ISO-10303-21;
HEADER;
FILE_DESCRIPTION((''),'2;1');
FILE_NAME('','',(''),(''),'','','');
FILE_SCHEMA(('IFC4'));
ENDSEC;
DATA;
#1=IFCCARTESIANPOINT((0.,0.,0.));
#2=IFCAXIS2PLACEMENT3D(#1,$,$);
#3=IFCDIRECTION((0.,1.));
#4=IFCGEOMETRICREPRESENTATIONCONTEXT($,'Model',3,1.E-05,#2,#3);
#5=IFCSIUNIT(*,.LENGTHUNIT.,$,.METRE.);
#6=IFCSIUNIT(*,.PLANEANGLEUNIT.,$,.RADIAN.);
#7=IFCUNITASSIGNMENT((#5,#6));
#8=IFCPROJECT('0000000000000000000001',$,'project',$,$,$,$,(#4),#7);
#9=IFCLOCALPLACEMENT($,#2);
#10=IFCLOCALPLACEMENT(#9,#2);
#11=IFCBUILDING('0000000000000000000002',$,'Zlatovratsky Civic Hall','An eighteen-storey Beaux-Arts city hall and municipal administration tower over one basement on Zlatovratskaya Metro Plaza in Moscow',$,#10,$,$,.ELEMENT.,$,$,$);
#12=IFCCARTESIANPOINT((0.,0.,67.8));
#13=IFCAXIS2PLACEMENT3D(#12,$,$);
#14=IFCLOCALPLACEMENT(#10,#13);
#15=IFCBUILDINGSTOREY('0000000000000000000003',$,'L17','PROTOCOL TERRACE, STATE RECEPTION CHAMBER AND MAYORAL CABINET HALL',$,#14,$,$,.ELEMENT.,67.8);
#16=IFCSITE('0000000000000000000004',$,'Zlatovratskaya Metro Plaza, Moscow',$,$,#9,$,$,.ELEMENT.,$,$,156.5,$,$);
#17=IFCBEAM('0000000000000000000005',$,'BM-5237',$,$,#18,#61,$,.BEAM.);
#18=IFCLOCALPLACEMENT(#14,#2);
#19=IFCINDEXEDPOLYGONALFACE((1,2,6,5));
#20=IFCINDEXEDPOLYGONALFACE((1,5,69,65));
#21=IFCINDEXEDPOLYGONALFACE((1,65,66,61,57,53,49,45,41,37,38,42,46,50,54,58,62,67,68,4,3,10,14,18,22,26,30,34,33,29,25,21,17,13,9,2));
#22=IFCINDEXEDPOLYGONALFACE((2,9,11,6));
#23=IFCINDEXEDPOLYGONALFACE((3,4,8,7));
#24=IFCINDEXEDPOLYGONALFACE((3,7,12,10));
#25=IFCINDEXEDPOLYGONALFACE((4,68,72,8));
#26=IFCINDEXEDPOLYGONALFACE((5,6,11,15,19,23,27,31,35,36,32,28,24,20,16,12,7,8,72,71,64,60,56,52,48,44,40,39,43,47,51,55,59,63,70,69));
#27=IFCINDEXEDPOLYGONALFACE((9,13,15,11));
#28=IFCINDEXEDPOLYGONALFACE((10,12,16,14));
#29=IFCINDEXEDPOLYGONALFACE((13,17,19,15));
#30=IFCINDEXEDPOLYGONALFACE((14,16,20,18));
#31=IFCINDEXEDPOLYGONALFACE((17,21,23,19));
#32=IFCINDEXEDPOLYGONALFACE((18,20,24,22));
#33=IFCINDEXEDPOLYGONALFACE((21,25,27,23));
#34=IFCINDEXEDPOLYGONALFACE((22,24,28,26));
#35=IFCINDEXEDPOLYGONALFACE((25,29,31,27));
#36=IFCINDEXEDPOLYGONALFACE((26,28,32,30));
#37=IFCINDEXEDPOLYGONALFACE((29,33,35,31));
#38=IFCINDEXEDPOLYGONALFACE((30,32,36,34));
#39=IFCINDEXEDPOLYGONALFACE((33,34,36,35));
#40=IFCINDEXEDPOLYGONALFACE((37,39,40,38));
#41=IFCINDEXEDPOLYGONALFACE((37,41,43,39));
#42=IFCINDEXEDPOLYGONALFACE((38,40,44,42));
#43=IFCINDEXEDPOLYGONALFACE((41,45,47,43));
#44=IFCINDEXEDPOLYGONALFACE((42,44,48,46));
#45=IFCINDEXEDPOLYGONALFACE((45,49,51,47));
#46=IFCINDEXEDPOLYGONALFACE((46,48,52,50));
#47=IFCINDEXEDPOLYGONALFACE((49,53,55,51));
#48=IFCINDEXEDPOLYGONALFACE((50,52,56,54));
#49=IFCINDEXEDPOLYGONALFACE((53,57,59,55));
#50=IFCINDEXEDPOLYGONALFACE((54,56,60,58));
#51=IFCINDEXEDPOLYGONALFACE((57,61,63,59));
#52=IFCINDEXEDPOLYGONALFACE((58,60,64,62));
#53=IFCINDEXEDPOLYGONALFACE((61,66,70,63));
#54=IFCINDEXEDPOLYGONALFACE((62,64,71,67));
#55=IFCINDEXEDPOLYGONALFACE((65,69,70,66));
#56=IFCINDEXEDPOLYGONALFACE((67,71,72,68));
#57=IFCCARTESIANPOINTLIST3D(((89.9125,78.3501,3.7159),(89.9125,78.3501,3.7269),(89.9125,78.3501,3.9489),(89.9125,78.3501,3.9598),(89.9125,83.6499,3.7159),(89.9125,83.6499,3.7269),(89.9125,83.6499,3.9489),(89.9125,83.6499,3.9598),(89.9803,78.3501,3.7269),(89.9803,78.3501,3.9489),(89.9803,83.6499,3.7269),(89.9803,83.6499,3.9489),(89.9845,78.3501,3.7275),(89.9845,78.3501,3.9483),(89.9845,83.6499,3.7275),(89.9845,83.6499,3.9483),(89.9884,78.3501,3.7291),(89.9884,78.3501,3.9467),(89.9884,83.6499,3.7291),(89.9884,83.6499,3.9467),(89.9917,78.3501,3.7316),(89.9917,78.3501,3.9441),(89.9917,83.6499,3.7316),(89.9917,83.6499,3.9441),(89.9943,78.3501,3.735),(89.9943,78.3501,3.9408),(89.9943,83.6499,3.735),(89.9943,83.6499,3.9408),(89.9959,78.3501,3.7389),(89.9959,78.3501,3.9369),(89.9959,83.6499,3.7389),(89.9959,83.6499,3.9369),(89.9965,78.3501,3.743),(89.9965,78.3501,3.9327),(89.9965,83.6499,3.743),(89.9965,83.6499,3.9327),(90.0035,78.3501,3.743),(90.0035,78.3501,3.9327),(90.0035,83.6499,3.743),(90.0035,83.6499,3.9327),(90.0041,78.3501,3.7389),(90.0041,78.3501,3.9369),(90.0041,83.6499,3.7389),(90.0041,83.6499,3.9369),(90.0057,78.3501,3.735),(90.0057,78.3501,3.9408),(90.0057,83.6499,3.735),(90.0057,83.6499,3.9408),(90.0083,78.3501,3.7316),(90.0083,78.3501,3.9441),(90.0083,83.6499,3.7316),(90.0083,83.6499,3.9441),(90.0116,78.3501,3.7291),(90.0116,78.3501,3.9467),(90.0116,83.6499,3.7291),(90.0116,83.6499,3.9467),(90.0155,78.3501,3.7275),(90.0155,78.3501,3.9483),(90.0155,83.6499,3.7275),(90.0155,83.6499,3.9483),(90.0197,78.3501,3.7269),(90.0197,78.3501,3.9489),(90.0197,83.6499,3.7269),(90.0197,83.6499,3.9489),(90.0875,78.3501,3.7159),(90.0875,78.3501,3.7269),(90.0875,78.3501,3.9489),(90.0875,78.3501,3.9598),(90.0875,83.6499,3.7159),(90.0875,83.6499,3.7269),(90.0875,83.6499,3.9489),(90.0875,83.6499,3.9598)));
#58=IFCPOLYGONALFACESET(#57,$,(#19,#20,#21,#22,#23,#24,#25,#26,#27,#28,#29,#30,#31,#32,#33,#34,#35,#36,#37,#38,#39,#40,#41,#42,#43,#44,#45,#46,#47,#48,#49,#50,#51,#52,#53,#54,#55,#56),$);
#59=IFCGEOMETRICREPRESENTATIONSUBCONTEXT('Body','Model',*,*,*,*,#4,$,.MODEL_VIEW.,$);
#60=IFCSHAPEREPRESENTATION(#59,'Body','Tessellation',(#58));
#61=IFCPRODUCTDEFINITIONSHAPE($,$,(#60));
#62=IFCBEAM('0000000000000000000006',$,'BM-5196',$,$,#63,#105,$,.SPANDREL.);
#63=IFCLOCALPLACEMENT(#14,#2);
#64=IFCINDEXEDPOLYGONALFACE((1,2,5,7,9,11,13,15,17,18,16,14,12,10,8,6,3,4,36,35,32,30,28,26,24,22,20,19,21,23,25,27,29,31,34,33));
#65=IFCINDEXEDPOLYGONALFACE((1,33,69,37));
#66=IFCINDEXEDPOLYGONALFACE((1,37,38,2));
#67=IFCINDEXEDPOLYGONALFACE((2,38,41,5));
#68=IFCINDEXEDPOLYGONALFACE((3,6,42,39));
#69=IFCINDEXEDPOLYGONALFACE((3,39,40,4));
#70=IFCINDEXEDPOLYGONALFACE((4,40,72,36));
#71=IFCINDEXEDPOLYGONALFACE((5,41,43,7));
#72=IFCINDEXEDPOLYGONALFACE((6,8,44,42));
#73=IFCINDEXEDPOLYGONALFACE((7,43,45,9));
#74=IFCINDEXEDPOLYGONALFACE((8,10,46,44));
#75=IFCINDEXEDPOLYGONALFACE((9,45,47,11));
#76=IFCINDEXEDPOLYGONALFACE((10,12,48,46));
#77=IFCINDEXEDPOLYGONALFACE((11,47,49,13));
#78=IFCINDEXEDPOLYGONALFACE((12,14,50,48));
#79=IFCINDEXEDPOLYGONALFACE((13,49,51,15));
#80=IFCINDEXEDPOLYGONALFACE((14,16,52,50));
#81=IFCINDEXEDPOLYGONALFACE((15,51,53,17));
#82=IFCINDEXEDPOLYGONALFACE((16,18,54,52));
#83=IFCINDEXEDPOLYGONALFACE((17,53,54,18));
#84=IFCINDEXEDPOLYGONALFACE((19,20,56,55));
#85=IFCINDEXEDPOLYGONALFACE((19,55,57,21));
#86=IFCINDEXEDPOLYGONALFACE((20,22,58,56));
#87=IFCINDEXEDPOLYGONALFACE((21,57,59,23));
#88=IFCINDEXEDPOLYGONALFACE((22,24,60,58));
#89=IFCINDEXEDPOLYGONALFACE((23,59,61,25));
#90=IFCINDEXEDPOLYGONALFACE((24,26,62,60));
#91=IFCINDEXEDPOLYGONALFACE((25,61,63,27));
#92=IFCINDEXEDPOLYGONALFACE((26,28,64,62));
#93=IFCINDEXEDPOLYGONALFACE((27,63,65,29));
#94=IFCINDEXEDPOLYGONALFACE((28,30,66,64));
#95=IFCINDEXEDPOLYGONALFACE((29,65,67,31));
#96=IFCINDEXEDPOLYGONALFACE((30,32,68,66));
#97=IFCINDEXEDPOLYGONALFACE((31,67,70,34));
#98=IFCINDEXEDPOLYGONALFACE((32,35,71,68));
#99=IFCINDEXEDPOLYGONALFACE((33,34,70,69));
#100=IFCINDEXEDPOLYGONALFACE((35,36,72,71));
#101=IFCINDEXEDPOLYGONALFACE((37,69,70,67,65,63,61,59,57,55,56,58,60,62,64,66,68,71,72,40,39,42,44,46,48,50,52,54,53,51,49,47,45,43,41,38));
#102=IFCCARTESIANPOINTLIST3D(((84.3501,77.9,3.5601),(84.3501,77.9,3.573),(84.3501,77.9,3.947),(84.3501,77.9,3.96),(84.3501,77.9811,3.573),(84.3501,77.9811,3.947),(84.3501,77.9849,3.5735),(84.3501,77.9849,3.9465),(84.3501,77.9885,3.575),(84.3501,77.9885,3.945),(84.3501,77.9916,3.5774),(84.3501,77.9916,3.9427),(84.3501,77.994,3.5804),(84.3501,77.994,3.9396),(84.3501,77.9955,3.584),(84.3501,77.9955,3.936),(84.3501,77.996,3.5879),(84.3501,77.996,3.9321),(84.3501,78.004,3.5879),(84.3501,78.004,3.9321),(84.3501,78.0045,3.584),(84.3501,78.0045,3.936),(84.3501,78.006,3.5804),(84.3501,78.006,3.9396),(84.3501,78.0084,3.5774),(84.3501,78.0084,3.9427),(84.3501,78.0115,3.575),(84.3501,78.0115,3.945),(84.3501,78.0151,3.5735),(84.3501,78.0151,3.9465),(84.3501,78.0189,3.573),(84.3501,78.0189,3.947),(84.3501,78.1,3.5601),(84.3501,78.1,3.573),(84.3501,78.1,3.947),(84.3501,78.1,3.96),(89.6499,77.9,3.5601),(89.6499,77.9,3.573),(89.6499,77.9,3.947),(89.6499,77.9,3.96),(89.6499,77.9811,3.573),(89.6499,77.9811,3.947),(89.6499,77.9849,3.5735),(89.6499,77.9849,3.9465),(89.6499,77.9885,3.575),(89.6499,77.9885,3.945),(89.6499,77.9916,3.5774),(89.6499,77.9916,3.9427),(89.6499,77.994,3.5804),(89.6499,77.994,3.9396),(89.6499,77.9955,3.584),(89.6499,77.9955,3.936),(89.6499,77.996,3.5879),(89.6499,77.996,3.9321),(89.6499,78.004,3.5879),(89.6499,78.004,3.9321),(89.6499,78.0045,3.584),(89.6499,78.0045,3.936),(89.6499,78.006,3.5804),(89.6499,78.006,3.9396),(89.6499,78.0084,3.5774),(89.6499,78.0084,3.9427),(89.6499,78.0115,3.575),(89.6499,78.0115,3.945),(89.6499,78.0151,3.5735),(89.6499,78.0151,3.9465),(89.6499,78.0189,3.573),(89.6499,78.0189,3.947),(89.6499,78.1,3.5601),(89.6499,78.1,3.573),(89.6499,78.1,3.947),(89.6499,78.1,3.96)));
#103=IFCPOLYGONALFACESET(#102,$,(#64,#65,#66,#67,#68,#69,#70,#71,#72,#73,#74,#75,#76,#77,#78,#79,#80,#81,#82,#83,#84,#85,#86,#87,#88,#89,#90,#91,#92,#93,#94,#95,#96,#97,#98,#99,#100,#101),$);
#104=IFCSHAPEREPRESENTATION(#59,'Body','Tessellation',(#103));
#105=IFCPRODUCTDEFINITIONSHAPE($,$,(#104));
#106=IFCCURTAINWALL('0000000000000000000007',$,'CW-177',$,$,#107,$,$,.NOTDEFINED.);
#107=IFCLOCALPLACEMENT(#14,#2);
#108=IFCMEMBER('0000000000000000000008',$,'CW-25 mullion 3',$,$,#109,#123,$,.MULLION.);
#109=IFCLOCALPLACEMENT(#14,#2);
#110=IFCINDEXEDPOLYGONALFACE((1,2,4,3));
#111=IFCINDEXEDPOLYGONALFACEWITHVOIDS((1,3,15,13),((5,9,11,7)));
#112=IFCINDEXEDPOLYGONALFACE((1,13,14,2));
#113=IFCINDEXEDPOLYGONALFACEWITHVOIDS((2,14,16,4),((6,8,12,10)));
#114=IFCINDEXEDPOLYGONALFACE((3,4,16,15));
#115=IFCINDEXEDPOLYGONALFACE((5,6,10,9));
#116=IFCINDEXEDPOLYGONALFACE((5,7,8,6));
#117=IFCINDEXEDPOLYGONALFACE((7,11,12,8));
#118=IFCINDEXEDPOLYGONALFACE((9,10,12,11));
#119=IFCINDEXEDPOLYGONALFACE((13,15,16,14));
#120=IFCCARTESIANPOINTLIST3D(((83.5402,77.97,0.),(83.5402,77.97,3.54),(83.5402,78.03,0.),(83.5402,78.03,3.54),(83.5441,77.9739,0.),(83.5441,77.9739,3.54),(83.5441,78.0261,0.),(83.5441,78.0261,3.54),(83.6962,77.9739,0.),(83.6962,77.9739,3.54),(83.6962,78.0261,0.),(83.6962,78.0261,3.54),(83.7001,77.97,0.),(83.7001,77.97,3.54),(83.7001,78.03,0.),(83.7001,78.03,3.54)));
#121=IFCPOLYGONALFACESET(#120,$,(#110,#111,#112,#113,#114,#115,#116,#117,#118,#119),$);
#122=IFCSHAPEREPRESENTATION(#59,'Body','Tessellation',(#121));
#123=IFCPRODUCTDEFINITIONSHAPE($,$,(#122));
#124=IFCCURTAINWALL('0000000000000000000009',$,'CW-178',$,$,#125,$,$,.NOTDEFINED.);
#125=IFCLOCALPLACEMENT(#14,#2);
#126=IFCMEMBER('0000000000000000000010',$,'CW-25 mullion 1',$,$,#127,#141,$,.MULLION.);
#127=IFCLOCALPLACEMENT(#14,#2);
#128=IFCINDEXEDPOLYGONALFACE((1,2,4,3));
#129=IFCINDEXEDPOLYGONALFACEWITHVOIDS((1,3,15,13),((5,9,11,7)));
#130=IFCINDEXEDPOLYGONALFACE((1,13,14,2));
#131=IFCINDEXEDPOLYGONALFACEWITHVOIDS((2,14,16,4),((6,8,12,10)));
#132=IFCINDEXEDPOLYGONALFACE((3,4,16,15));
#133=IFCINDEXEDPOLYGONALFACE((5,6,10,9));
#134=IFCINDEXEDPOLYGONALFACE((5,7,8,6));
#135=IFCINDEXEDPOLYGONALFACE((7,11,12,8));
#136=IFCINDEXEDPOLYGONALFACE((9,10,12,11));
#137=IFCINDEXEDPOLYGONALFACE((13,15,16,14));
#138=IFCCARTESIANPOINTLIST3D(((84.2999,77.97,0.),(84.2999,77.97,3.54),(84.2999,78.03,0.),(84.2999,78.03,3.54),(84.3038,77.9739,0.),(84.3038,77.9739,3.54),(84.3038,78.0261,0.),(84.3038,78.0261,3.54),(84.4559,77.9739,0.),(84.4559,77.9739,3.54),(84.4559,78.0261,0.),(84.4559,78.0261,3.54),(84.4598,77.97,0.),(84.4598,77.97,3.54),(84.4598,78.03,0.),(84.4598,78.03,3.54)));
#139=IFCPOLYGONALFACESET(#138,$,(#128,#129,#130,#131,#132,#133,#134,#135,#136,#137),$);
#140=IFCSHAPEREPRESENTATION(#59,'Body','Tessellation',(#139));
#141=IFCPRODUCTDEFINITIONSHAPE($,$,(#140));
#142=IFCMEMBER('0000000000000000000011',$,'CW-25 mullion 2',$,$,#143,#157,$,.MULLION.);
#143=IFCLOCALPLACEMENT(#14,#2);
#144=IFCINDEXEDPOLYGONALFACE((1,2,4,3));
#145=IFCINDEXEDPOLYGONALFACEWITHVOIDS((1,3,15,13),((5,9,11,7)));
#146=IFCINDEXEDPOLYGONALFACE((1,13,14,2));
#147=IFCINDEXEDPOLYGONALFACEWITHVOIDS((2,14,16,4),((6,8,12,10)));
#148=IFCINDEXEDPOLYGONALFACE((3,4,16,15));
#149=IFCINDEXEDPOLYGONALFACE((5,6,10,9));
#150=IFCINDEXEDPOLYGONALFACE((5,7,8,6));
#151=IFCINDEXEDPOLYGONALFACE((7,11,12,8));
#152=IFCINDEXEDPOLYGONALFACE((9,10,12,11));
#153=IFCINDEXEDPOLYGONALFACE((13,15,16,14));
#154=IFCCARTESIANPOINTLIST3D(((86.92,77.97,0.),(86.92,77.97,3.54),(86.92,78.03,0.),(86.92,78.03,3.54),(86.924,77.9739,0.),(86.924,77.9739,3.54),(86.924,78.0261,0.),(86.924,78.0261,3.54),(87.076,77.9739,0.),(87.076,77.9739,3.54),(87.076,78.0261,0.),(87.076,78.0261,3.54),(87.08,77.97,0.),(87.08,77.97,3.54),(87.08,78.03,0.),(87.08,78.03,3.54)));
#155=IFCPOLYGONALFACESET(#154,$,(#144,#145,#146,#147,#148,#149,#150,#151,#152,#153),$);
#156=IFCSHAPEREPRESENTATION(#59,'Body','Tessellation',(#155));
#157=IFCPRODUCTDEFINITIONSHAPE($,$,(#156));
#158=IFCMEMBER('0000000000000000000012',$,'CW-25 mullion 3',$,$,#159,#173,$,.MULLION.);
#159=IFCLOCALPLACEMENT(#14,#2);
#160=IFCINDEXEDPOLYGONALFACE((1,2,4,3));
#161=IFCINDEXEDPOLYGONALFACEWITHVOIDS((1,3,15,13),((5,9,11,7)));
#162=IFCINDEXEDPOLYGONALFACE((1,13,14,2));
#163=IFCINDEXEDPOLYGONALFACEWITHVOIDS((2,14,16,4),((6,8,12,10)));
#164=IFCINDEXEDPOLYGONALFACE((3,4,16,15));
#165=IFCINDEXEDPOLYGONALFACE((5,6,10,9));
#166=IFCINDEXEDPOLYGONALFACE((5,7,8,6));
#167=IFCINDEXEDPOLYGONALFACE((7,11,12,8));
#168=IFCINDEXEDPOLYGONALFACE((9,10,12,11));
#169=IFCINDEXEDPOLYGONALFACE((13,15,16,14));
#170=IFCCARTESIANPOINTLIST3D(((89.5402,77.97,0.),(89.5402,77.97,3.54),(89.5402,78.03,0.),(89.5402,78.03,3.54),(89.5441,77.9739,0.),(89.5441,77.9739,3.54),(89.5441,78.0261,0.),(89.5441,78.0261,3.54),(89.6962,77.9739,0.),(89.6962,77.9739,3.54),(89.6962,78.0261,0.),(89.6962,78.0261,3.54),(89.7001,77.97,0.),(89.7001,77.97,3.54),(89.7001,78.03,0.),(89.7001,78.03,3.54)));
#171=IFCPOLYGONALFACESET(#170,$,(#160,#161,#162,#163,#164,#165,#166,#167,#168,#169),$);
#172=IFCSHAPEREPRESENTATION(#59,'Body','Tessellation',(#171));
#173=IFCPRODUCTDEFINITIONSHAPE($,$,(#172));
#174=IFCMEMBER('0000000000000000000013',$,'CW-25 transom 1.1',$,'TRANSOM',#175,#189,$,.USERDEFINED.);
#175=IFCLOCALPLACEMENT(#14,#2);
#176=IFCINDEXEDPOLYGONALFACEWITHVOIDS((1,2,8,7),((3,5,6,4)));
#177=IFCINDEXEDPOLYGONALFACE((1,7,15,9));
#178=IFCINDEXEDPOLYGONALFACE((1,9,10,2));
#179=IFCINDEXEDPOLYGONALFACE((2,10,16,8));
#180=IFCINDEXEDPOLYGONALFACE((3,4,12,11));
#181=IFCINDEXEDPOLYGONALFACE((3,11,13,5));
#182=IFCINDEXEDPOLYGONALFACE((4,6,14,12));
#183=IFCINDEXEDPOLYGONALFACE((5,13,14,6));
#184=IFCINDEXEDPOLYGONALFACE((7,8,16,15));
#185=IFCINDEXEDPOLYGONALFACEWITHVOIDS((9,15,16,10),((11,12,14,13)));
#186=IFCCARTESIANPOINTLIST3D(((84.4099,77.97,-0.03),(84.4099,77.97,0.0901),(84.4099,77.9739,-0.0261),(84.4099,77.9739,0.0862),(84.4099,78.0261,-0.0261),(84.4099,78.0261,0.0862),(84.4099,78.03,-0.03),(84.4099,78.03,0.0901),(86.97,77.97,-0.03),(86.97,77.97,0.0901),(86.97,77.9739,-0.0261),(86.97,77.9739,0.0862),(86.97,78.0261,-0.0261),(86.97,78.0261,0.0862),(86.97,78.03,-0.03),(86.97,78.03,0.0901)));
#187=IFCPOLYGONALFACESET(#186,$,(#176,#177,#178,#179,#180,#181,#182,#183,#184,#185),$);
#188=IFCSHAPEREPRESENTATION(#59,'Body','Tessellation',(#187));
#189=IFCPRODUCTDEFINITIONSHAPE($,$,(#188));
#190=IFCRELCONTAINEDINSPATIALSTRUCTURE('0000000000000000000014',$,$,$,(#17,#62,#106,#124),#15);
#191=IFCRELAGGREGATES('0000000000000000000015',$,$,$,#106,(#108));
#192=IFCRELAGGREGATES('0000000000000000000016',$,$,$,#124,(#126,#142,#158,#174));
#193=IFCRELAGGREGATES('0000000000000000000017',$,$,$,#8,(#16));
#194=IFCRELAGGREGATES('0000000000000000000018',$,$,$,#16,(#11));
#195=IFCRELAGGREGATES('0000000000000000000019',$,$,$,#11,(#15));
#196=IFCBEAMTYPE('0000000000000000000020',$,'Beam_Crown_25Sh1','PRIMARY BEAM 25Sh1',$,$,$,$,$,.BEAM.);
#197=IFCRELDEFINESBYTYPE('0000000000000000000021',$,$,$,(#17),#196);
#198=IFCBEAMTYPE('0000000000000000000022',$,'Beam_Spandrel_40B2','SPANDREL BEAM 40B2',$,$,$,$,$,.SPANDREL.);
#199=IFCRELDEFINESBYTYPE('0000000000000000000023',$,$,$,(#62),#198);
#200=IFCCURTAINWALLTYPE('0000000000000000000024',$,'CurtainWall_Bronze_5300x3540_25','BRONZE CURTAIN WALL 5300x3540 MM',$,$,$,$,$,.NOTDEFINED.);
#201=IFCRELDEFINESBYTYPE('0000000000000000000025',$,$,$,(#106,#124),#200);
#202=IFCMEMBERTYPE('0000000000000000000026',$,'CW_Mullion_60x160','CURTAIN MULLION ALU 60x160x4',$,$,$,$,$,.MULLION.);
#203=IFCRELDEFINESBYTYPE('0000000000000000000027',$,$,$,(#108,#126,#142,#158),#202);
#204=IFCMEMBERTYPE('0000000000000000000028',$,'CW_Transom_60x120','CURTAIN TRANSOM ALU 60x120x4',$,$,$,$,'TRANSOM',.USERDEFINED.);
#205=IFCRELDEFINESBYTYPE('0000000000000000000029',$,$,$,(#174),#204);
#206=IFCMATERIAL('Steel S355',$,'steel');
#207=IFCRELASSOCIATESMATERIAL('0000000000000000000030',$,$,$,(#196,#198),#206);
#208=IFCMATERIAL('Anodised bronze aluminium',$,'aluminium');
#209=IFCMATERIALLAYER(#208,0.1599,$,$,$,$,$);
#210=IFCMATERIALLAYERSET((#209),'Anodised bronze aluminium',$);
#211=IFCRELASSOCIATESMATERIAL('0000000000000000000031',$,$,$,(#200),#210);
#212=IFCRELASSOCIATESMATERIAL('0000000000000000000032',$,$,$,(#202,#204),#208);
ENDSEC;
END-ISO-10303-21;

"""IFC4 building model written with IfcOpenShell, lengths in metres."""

from ifc_helpers import new_model, si_unit, direction, frame, origin, origin_2d, place, context, subcontext, project, spatial, hollow_rectangle, i_section, extrude, material, layer, layer_set, material_profile, profile_set, type_object, element, aggregate, save


model = new_model("IFC4")

# Units and contexts
model_context = context("Model", 3, precision=1e-05, world=origin(), true_north=direction((0.0, 1.0)))
body_context = subcontext(model_context, "Body", "Model", "MODEL_VIEW")
ifc_project = project(units=[si_unit("LENGTHUNIT", "METRE"), si_unit("PLANEANGLEUNIT", "RADIAN")], contexts=[model_context])

# Site, building, storey
site_placement = place(None, origin())
site = spatial("IfcSite", under=ifc_project, at=site_placement, Name="Zlatovratskaya Metro Plaza, Moscow", CompositionType="ELEMENT", RefElevation=156.5)
building_placement = place(site_placement, origin())
building = spatial("IfcBuilding", under=site, at=building_placement, Name="Zlatovratsky Civic Hall", Description="An eighteen-storey Beaux-Arts city hall and municipal administration tower over one basement on Zlatovratskaya Metro Plaza in Moscow", CompositionType="ELEMENT")
storey_placement = place(building_placement, frame((0.0, 0.0, 67.8)))
storey = spatial("IfcBuildingStorey", under=building, at=storey_placement, Name="L17", Description="PROTOCOL TERRACE, STATE RECEPTION CHAMBER AND MAYORAL CABINET HALL", CompositionType="ELEMENT", Elevation=67.8)

# Beams
ifc_material_1 = material(Name="Steel S355", Category="steel")
ifc_material_profile_1 = material_profile(ifc_material_1, i_section(OverallWidth=0.175, OverallDepth=0.2439, WebThickness=0.0071, FlangeThickness=0.011, FilletRadius=0.0161, at=origin_2d()), Name="25Sh1")
ifc_profile_set_1 = profile_set([ifc_material_profile_1], Name="Steel S355")
beam_type_1 = type_object("IfcBeamType", Name="Beam_Crown_25Sh1", Description="PRIMARY BEAM 25Sh1", PredefinedType="BEAM", material=ifc_profile_set_1)
for number, where, z_axis, x_axis, name in (
    (1, (90.0, 78.3501, 3.8379), (0.0, 1.0, 0.0), (-1.0, 0.0, 0.0), "BM-5237"),
):
    element("IfcBeam", number, at=place(storey_placement, frame(where, z_axis=z_axis, x_axis=x_axis)), inside=storey, type_object=beam_type_1, Name=name, PredefinedType="BEAM", context=body_context, shape_type="SweptSolid", body=[
        extrude(i_section(OverallWidth=0.175, OverallDepth=0.2439, WebThickness=0.0071, FlangeThickness=0.011, FilletRadius=0.0161, at=origin_2d()), origin(), (0.0, 0.0, 1.0), 5.2998),
    ])
ifc_material_profile_2 = material_profile(ifc_material_1, i_section(OverallWidth=0.2, OverallDepth=0.3999, WebThickness=0.0081, FlangeThickness=0.0129, FilletRadius=0.0149, at=origin_2d()), Name="40B2")
ifc_profile_set_2 = profile_set([ifc_material_profile_2], Name="Steel S355")
beam_type_2 = type_object("IfcBeamType", Name="Beam_Spandrel_40B2", Description="SPANDREL BEAM 40B2", PredefinedType="SPANDREL", material=ifc_profile_set_2)
beam_placement = place(storey_placement, frame((84.3501, 78.0, 3.76), z_axis=(1.0, 0.0, 0.0), x_axis=(0.0, 1.0, 0.0)))
element("IfcBeam", 2, at=beam_placement, inside=storey, type_object=beam_type_2, Name="BM-5196", PredefinedType="SPANDREL", context=body_context, shape_type="SweptSolid", body=[
    extrude(i_section(OverallWidth=0.2, OverallDepth=0.3999, WebThickness=0.0081, FlangeThickness=0.0129, FilletRadius=0.0149, at=origin_2d()), origin(), (0.0, 0.0, 1.0), 5.2998),
])

# Curtain wall, member
ifc_material_2 = material(Name="Anodised bronze aluminium", Category="aluminium")
ifc_layer_1 = layer(ifc_material_2, 0.1599)
ifc_layer_set_1 = layer_set([ifc_layer_1], Name="Anodised bronze aluminium")
curtain_wall_type = type_object("IfcCurtainWallType", Name="CurtainWall_Bronze_5300x3540_25", Description="BRONZE CURTAIN WALL 5300x3540 MM", PredefinedType="NOTDEFINED", material=ifc_layer_set_1)
curtain_wall_1_placement = place(storey_placement, origin())
curtain_wall_1 = element("IfcCurtainWall", 3, at=curtain_wall_1_placement, inside=storey, type_object=curtain_wall_type, Name="CW-177", PredefinedType="NOTDEFINED")
ifc_material_profile_3 = material_profile(ifc_material_2, hollow_rectangle(XDim=0.0601, YDim=0.1599, WallThickness=0.0039, at=origin_2d()), Name="ALU 60x160x4")
ifc_profile_set_3 = profile_set([ifc_material_profile_3], Name="Anodised bronze aluminium")
member_type_1 = type_object("IfcMemberType", Name="CW_Mullion_60x160", Description="CURTAIN MULLION ALU 60x160x4", PredefinedType="MULLION", material=ifc_profile_set_3)
member_1_placement = place(storey_placement, frame((83.6201, 78.0, 0.0), z_axis=(0.0, 0.0, 1.0), x_axis=(0.0, 1.0, 0.0)))
member_1 = element("IfcMember", 4, at=member_1_placement, type_object=member_type_1, Name="CW-25 mullion 3", PredefinedType="MULLION", context=body_context, shape_type="SweptSolid", body=[
    extrude(hollow_rectangle(XDim=0.0601, YDim=0.1599, WallThickness=0.0039, at=origin_2d()), origin(), (0.0, 0.0, 1.0), 3.54),
])

# Curtain wall, members
curtain_wall_2_placement = place(storey_placement, origin())
curtain_wall_2 = element("IfcCurtainWall", 5, at=curtain_wall_2_placement, inside=storey, type_object=curtain_wall_type, Name="CW-178", PredefinedType="NOTDEFINED")
member_2_placement = place(storey_placement, frame((84.3799, 78.0, 0.0), z_axis=(0.0, 0.0, 1.0), x_axis=(0.0, 1.0, 0.0)))
member_2 = element("IfcMember", 6, at=member_2_placement, type_object=member_type_1, Name="CW-25 mullion 1", PredefinedType="MULLION", context=body_context, shape_type="SweptSolid", body=[
    extrude(hollow_rectangle(XDim=0.0601, YDim=0.1599, WallThickness=0.0039, at=origin_2d()), origin(), (0.0, 0.0, 1.0), 3.54),
])
member_3_placement = place(storey_placement, frame((87.0, 78.0, 0.0), z_axis=(0.0, 0.0, 1.0), x_axis=(0.0, 1.0, 0.0)))
member_3 = element("IfcMember", 7, at=member_3_placement, type_object=member_type_1, Name="CW-25 mullion 2", PredefinedType="MULLION", context=body_context, shape_type="SweptSolid", body=[
    extrude(hollow_rectangle(XDim=0.0601, YDim=0.1599, WallThickness=0.0039, at=origin_2d()), origin(), (0.0, 0.0, 1.0), 3.54),
])
member_4_placement = place(storey_placement, frame((89.6201, 78.0, 0.0), z_axis=(0.0, 0.0, 1.0), x_axis=(0.0, 1.0, 0.0)))
member_4 = element("IfcMember", 8, at=member_4_placement, type_object=member_type_1, Name="CW-25 mullion 3", PredefinedType="MULLION", context=body_context, shape_type="SweptSolid", body=[
    extrude(hollow_rectangle(XDim=0.0601, YDim=0.1599, WallThickness=0.0039, at=origin_2d()), origin(), (0.0, 0.0, 1.0), 3.54),
])
ifc_material_profile_4 = material_profile(ifc_material_2, hollow_rectangle(XDim=0.0601, YDim=0.1201, WallThickness=0.0039, at=origin_2d()), Name="ALU 60x120x4")
ifc_profile_set_4 = profile_set([ifc_material_profile_4], Name="Anodised bronze aluminium")
member_type_2 = type_object("IfcMemberType", Name="CW_Transom_60x120", Description="CURTAIN TRANSOM ALU 60x120x4", ElementType="TRANSOM", PredefinedType="USERDEFINED", material=ifc_profile_set_4)
member_5_placement = place(storey_placement, frame((84.4099, 78.0, 0.03), z_axis=(1.0, 0.0, 0.0), x_axis=(0.0, 1.0, 0.0)))
member_5 = element("IfcMember", 9, at=member_5_placement, type_object=member_type_2, Name="CW-25 transom 1.1", ObjectType="TRANSOM", PredefinedType="USERDEFINED", context=body_context, shape_type="SweptSolid", body=[
    extrude(hollow_rectangle(XDim=0.0601, YDim=0.1201, WallThickness=0.0039, at=origin_2d()), origin(), (0.0, 0.0, 1.0), 2.5601),
])

aggregate(curtain_wall_1, [member_1])
aggregate(curtain_wall_2, [member_2, member_3, member_4, member_5])

save(model, "model.ifc")
